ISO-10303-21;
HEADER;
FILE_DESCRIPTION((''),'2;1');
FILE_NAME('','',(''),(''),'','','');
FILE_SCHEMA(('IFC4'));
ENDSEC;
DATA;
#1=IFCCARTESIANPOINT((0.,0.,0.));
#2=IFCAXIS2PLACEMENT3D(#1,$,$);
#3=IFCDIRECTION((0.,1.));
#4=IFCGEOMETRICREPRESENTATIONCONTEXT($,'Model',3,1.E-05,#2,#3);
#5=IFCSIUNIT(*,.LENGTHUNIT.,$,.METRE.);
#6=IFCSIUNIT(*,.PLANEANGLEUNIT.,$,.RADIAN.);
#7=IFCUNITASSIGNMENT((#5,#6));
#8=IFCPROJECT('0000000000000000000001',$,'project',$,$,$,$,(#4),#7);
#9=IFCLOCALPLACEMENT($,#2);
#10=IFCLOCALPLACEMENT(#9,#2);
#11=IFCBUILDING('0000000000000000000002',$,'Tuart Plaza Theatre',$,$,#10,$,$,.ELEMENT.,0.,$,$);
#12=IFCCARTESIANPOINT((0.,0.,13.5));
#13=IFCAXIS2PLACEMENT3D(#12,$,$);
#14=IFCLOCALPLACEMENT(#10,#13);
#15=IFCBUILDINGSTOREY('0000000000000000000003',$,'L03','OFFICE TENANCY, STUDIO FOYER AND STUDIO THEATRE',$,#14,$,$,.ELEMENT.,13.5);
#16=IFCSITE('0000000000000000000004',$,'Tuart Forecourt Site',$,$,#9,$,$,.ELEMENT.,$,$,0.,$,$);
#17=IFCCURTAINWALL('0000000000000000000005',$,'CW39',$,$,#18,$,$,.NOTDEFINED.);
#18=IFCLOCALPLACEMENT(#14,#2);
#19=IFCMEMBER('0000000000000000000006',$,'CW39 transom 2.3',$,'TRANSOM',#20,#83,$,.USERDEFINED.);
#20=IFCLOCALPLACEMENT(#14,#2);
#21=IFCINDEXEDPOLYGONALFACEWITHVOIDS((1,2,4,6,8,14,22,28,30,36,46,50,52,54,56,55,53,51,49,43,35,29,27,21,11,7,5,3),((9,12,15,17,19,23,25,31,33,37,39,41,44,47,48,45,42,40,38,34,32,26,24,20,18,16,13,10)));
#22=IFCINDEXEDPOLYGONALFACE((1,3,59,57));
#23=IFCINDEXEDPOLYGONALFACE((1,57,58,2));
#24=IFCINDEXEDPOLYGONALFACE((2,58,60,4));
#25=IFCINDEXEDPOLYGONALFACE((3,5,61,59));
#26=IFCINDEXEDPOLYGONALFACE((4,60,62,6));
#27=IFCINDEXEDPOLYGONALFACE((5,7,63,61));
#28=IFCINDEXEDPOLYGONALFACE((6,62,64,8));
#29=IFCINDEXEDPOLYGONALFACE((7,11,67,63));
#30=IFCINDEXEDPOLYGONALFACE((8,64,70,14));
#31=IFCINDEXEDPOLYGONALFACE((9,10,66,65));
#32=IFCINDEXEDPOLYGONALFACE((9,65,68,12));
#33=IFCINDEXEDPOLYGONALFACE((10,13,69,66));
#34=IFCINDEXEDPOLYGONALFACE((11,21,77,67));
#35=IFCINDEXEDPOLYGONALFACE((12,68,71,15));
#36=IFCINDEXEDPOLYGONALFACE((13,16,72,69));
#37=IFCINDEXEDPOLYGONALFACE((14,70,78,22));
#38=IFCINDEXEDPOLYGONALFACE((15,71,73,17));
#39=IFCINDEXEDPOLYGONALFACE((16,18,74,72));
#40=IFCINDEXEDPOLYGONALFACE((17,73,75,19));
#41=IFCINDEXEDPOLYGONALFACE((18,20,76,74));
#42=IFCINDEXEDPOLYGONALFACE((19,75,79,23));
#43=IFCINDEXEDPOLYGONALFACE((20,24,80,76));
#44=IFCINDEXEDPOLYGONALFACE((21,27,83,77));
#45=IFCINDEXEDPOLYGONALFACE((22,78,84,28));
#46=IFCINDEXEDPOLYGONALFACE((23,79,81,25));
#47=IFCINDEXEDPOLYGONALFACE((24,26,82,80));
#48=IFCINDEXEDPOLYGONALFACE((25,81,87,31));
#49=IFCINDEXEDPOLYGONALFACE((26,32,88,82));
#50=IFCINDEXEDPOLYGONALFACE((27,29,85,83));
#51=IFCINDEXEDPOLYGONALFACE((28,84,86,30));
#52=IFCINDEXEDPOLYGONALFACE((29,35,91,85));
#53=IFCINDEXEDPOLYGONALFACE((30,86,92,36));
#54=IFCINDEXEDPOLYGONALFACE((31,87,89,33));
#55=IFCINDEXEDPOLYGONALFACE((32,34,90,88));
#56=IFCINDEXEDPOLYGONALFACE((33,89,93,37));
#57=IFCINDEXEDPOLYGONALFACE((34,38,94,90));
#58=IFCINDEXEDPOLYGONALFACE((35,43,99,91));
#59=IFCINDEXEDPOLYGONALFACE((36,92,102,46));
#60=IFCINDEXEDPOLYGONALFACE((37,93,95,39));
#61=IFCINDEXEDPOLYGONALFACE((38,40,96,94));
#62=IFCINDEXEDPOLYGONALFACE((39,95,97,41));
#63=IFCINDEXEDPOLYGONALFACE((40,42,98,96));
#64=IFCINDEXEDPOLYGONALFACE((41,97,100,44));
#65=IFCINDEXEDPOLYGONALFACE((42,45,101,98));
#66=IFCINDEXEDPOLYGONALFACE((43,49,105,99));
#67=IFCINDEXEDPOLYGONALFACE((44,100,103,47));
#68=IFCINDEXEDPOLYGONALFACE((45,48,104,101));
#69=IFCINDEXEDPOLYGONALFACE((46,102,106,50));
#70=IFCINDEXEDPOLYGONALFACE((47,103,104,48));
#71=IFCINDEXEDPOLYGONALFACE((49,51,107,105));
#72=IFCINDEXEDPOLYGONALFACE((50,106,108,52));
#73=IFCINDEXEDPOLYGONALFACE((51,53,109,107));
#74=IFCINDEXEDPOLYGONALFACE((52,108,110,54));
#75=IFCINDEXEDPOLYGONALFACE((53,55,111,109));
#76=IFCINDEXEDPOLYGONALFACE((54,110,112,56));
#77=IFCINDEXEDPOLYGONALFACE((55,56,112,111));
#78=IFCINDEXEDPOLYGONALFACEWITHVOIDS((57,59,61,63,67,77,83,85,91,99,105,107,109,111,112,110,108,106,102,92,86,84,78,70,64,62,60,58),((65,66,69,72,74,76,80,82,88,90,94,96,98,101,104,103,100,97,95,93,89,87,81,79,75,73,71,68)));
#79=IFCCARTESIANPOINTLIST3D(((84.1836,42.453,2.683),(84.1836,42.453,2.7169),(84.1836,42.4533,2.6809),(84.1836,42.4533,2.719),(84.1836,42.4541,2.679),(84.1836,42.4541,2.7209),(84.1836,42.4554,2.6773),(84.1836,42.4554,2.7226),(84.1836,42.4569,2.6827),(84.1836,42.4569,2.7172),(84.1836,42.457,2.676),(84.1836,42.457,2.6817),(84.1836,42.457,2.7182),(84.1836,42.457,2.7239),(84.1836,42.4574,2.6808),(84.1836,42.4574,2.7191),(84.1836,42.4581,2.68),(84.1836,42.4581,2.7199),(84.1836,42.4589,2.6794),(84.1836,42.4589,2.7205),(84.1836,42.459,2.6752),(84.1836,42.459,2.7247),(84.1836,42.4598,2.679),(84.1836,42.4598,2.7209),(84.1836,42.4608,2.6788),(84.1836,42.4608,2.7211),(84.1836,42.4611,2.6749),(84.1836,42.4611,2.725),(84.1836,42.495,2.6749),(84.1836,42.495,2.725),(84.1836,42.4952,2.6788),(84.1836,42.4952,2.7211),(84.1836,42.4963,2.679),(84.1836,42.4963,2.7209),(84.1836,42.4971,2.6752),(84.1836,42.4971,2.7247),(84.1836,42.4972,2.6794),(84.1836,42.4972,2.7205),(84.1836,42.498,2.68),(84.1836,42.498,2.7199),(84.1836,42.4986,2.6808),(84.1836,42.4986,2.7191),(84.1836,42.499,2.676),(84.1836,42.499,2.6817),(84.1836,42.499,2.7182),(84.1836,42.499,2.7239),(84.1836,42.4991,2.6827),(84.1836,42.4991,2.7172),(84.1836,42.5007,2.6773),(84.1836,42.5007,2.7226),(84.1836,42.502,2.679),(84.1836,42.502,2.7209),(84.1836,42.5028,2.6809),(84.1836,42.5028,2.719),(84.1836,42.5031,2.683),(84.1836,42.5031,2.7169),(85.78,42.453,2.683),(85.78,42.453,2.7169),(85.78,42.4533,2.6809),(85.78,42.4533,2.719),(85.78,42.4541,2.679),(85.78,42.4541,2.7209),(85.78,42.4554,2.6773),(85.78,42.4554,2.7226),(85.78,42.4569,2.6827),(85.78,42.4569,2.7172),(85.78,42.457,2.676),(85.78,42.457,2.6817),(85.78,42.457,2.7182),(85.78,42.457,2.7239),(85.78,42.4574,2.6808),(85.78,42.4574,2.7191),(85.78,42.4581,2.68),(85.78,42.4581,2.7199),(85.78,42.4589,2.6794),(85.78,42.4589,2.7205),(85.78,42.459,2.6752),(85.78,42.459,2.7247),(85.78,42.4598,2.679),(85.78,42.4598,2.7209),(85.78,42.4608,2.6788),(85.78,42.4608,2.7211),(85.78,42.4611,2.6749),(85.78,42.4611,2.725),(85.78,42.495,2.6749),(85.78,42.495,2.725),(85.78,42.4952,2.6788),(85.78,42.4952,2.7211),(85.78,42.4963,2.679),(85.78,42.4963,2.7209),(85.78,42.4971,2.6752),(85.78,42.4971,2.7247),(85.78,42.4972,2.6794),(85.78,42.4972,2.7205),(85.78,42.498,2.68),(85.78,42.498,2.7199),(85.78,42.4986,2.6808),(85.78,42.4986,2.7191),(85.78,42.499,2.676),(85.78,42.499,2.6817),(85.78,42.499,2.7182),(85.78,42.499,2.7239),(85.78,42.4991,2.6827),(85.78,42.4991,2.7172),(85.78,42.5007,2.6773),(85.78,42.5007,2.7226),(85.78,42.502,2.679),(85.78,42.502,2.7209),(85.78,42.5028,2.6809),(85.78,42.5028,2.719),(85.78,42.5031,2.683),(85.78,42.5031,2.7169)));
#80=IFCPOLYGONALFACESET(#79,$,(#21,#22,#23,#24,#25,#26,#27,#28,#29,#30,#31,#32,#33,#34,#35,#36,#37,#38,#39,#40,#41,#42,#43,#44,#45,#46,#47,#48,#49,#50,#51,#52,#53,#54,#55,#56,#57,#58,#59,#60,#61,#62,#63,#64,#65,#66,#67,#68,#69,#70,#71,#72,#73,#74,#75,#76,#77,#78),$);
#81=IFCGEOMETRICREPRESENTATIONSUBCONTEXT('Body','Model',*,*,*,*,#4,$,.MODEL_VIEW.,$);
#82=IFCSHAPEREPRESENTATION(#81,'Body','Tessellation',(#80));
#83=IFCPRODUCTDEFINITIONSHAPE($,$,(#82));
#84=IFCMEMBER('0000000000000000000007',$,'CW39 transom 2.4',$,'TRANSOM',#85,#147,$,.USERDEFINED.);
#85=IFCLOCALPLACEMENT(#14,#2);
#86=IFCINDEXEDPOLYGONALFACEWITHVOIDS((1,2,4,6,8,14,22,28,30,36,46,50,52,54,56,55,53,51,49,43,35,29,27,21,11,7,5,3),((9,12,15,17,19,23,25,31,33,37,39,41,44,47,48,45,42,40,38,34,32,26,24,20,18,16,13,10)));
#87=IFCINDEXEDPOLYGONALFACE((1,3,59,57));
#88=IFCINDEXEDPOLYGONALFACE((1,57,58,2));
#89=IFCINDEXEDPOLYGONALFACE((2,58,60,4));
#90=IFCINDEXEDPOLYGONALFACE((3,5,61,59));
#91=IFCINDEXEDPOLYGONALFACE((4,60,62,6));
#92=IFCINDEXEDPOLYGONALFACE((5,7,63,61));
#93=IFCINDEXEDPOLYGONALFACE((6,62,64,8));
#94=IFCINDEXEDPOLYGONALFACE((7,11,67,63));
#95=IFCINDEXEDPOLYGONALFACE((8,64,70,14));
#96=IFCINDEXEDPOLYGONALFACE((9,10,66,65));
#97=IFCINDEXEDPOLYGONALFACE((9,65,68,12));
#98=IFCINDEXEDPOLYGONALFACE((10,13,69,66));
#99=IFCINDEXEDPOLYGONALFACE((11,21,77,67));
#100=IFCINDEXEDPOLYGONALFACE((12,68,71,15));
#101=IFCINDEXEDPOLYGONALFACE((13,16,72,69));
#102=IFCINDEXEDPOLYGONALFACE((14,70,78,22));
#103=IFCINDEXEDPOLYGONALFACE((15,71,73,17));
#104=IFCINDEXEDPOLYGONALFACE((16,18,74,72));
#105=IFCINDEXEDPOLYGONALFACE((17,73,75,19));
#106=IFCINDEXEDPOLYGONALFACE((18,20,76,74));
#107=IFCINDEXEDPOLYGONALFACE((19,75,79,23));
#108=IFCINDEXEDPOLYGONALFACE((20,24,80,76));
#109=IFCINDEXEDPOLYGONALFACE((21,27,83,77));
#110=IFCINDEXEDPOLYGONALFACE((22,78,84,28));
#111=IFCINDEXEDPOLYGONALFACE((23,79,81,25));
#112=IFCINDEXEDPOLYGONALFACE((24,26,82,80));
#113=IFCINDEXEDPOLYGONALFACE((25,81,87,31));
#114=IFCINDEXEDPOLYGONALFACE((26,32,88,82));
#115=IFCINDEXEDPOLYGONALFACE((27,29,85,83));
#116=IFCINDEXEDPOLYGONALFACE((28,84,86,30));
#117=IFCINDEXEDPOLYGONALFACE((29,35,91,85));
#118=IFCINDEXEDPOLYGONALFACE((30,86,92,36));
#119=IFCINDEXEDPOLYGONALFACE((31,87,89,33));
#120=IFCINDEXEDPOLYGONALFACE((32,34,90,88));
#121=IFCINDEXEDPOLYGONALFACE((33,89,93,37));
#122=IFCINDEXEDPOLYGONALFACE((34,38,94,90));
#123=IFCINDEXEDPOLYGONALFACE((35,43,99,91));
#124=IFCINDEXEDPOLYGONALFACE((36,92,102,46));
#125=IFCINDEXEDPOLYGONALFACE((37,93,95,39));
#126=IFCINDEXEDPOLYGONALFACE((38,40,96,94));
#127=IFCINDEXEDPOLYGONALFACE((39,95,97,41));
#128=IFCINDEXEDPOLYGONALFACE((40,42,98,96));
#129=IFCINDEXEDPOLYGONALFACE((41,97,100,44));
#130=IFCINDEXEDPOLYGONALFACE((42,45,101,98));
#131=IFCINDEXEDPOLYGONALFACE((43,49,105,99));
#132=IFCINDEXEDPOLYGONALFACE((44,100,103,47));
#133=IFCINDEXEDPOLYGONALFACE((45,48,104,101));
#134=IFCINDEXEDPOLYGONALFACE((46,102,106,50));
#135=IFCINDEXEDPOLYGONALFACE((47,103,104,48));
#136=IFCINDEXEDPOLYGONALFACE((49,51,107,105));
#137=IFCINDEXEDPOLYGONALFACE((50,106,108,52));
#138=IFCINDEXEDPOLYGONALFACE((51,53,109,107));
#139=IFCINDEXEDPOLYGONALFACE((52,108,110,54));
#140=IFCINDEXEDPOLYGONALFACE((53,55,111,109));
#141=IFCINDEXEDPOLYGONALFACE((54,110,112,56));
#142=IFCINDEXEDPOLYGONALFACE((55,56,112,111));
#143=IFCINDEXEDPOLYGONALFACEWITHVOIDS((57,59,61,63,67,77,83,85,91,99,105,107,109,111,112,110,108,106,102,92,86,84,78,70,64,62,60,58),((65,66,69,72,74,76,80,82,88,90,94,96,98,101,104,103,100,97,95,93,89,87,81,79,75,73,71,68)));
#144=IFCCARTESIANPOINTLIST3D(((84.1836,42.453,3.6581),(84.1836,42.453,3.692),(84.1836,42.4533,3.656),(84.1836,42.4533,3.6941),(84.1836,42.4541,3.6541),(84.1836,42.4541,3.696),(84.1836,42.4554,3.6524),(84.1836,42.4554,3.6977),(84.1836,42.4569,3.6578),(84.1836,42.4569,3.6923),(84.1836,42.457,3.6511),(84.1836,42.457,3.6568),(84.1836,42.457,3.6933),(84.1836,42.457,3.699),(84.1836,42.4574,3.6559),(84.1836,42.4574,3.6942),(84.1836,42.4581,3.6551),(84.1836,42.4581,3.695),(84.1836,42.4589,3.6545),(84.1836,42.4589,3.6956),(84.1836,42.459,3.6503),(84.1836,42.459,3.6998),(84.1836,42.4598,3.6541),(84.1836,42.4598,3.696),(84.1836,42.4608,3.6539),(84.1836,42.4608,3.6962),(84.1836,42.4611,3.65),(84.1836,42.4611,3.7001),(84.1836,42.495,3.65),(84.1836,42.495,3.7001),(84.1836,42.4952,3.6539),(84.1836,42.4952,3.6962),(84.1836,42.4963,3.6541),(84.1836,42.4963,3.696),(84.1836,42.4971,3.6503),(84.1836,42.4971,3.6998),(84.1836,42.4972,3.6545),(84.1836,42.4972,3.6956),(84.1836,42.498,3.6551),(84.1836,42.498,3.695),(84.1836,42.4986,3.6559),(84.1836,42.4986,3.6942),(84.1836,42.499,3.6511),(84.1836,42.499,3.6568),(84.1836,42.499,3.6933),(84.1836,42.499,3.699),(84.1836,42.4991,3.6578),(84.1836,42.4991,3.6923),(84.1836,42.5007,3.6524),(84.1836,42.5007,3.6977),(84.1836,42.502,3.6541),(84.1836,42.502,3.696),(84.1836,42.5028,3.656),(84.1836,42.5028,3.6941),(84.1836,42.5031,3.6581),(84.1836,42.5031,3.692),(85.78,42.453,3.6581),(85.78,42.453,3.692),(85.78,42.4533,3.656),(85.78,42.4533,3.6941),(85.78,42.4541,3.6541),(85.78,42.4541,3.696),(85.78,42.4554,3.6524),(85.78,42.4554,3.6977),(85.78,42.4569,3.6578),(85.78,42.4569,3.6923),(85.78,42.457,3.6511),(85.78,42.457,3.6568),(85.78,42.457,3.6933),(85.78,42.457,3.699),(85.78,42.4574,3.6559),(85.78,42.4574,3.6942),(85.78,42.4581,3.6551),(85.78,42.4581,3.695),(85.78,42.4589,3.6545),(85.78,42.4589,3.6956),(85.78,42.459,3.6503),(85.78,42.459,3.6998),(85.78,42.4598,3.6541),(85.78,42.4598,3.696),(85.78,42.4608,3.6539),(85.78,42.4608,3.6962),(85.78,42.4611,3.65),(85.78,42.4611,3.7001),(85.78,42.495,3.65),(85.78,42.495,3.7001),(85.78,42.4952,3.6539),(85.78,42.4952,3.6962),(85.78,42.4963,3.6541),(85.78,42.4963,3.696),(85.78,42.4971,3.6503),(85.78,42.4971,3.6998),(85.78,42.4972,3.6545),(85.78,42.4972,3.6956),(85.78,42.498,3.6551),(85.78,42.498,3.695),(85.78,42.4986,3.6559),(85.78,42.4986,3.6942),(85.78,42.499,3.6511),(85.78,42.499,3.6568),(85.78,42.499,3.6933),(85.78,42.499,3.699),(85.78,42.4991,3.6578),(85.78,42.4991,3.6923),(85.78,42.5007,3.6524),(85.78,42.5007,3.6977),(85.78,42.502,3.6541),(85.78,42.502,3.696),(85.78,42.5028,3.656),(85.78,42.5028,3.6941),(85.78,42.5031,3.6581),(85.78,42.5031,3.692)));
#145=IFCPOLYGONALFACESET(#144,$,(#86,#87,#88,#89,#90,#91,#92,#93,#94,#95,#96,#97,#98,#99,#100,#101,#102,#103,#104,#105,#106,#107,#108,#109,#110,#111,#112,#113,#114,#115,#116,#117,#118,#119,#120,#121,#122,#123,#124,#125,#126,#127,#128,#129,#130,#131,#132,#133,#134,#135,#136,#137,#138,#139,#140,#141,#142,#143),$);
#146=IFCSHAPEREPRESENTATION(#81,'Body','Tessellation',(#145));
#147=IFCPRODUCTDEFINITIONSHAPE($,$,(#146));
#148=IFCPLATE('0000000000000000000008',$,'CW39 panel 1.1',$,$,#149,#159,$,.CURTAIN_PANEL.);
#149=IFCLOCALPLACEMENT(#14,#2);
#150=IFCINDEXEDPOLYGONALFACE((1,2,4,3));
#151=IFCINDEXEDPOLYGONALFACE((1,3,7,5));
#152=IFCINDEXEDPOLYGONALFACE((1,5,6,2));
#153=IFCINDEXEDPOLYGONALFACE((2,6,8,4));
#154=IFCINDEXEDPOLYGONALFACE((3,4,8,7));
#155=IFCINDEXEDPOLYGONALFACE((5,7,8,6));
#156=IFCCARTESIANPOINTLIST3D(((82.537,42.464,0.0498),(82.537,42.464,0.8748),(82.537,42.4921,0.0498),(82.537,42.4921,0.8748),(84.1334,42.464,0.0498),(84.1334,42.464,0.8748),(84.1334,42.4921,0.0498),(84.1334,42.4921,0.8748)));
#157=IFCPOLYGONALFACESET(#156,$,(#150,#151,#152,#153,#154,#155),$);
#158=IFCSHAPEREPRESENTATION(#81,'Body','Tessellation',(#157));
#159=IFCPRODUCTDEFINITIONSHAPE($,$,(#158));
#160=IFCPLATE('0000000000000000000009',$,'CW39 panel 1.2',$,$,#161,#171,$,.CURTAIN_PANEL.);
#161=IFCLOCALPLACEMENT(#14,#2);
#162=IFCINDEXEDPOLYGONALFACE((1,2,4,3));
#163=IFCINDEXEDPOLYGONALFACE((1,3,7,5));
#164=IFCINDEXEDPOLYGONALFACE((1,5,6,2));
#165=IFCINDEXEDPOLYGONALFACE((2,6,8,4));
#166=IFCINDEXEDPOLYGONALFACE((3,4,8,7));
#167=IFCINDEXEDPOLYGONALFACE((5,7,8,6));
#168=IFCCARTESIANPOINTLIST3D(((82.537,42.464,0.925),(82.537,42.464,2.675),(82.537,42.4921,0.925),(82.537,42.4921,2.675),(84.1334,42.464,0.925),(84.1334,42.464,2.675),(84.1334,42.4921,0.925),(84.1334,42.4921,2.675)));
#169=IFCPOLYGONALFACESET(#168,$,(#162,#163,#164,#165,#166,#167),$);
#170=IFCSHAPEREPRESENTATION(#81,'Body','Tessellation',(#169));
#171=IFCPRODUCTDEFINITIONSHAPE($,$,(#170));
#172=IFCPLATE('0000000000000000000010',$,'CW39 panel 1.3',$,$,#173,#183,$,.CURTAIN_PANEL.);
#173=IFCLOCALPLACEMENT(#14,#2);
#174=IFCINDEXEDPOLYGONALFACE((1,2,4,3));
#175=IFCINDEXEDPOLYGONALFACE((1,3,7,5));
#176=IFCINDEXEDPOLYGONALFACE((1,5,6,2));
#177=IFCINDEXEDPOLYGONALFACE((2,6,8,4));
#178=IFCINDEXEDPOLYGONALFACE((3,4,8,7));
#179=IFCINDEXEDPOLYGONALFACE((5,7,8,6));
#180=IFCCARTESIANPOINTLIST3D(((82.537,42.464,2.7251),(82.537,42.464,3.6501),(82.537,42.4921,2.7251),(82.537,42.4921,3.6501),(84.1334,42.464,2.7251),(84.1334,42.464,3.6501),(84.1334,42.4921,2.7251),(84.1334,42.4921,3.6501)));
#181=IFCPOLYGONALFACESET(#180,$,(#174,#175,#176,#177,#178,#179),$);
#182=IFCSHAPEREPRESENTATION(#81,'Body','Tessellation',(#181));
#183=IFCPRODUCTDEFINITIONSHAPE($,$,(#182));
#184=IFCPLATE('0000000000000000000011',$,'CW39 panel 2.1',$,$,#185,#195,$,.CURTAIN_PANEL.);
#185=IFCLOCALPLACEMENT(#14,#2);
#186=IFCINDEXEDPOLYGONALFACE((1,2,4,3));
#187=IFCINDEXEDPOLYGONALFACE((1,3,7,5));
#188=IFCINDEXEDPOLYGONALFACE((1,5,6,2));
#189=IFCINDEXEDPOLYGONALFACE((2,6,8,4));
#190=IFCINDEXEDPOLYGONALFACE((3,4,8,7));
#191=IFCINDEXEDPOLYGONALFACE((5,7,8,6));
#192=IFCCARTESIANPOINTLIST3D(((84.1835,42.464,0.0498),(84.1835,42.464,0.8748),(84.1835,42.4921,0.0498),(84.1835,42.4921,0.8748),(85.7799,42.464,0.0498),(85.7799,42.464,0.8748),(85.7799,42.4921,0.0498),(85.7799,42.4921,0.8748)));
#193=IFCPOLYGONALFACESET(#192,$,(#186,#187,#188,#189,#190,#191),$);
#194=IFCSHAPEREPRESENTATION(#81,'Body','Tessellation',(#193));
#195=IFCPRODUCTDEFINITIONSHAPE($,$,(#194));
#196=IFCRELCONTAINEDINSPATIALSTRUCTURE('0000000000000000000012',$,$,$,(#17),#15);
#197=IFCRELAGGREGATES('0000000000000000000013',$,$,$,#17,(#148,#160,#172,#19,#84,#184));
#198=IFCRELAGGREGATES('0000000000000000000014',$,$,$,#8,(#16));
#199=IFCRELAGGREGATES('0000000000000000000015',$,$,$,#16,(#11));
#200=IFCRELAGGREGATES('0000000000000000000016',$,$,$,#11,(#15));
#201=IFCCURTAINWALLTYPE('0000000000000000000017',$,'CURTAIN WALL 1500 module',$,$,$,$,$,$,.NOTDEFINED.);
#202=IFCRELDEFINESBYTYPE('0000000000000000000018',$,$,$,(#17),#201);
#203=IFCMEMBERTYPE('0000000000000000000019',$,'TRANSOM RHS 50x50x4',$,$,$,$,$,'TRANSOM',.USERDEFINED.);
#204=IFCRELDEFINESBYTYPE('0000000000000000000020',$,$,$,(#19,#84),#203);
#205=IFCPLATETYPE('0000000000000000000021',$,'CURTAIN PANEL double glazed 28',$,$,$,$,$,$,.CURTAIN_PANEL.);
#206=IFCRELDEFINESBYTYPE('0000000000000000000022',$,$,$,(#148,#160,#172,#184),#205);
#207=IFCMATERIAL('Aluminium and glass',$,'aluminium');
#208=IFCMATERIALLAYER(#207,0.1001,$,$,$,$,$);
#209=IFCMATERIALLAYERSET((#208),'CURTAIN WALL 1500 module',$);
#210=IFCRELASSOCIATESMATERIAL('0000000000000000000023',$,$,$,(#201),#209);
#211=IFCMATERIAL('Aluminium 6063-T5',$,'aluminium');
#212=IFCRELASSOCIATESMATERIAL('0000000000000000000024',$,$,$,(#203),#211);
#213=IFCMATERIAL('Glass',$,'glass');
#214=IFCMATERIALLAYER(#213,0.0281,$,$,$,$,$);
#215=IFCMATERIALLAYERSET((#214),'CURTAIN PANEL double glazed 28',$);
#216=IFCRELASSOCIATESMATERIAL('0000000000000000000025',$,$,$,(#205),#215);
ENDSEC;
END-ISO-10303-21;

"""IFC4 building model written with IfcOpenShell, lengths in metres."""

from ifc_helpers import new_model, si_unit, direction, frame, origin, origin_2d, place, context, subcontext, project, spatial, rectangle, hollow_rectangle, extrude, material, layer, layer_set, material_profile, profile_set, type_object, element, aggregate, save


model = new_model("IFC4")

# Units and contexts
model_context = context("Model", 3, precision=1e-05, world=origin(), true_north=direction((0.0, 1.0)))
body_context = subcontext(model_context, "Body", "Model", "MODEL_VIEW")
ifc_project = project(units=[si_unit("LENGTHUNIT", "METRE"), si_unit("PLANEANGLEUNIT", "RADIAN")], contexts=[model_context])

# Site, building, storey
site_placement = place(None, origin())
site = spatial("IfcSite", under=ifc_project, at=site_placement, Name="Tuart Forecourt Site", CompositionType="ELEMENT", RefElevation=0.0)
building_placement = place(site_placement, origin())
building = spatial("IfcBuilding", under=site, at=building_placement, Name="Tuart Plaza Theatre", CompositionType="ELEMENT", ElevationOfRefHeight=0.0)
storey_placement = place(building_placement, frame((0.0, 0.0, 13.5)))
storey = spatial("IfcBuildingStorey", under=building, at=storey_placement, Name="L03", Description="OFFICE TENANCY, STUDIO FOYER AND STUDIO THEATRE", CompositionType="ELEMENT", Elevation=13.5)

# Curtain wall, members, plates
ifc_material_1 = material(Name="Aluminium and glass", Category="aluminium")
ifc_layer_1 = layer(ifc_material_1, 0.1001)
ifc_layer_set_1 = layer_set([ifc_layer_1], Name="CURTAIN WALL 1500 module")
curtain_wall_type = type_object("IfcCurtainWallType", Name="CURTAIN WALL 1500 module", PredefinedType="NOTDEFINED", material=ifc_layer_set_1)
curtain_wall_placement = place(storey_placement, origin())
curtain_wall = element("IfcCurtainWall", 1, at=curtain_wall_placement, inside=storey, type_object=curtain_wall_type, Name="CW39", PredefinedType="NOTDEFINED")
ifc_material_2 = material(Name="Aluminium 6063-T5", Category="aluminium")
ifc_material_profile_1 = material_profile(ifc_material_2, hollow_rectangle(XDim=0.05, YDim=0.05, WallThickness=0.0039, InnerFilletRadius=0.0039, OuterFilletRadius=0.0081, at=origin_2d()), Name="RHS 50x50x4")
ifc_profile_set_1 = profile_set([ifc_material_profile_1], Name="Aluminium 6063-T5")
member_type_1 = type_object("IfcMemberType", Name="TRANSOM RHS 50x50x4", ElementType="TRANSOM", PredefinedType="USERDEFINED", material=ifc_profile_set_1)
member_1_placement = place(storey_placement, frame((84.1836, 42.478, 2.7), z_axis=(1.0, 0.0, 0.0), x_axis=(0.0, 1.0, 0.0)))
member_1 = element("IfcMember", 2, at=member_1_placement, type_object=member_type_1, Name="CW39 transom 2.3", ObjectType="TRANSOM", PredefinedType="USERDEFINED", context=body_context, shape_type="SweptSolid", body=[
    extrude(hollow_rectangle(XDim=0.05, YDim=0.05, WallThickness=0.0039, InnerFilletRadius=0.0039, OuterFilletRadius=0.0081, at=origin_2d()), origin(), (0.0, 0.0, 1.0), 1.5964),
])
member_2_placement = place(storey_placement, frame((84.1836, 42.478, 3.675), z_axis=(1.0, 0.0, 0.0), x_axis=(0.0, 1.0, 0.0)))
member_2 = element("IfcMember", 3, at=member_2_placement, type_object=member_type_1, Name="CW39 transom 2.4", ObjectType="TRANSOM", PredefinedType="USERDEFINED", context=body_context, shape_type="SweptSolid", body=[
    extrude(hollow_rectangle(XDim=0.05, YDim=0.05, WallThickness=0.0039, InnerFilletRadius=0.0039, OuterFilletRadius=0.0081, at=origin_2d()), origin(), (0.0, 0.0, 1.0), 1.5964),
])
ifc_material_3 = material(Name="Glass", Category="glass")
ifc_layer_2 = layer(ifc_material_3, 0.0281)
ifc_layer_set_2 = layer_set([ifc_layer_2], Name="CURTAIN PANEL double glazed 28")
plate_type = type_object("IfcPlateType", Name="CURTAIN PANEL double glazed 28", PredefinedType="CURTAIN_PANEL", material=ifc_layer_set_2)
plate_1_placement = place(storey_placement, frame((83.3352, 42.478, 0.0498), z_axis=(0.0, 0.0, 1.0), x_axis=(1.0, 0.0, 0.0)))
plate_1 = element("IfcPlate", 4, at=plate_1_placement, type_object=plate_type, Name="CW39 panel 1.1", PredefinedType="CURTAIN_PANEL", context=body_context, shape_type="SweptSolid", body=[
    extrude(rectangle(XDim=1.5964, YDim=0.0281, at=origin_2d()), origin(), (0.0, 0.0, 1.0), 0.825),
])
plate_2_placement = place(storey_placement, frame((83.3352, 42.478, 0.925), z_axis=(0.0, 0.0, 1.0), x_axis=(1.0, 0.0, 0.0)))
plate_2 = element("IfcPlate", 5, at=plate_2_placement, type_object=plate_type, Name="CW39 panel 1.2", PredefinedType="CURTAIN_PANEL", context=body_context, shape_type="SweptSolid", body=[
    extrude(rectangle(XDim=1.5964, YDim=0.0281, at=origin_2d()), origin(), (0.0, 0.0, 1.0), 1.75),
])
plate_3_placement = place(storey_placement, frame((83.3352, 42.478, 2.7251), z_axis=(0.0, 0.0, 1.0), x_axis=(1.0, 0.0, 0.0)))
plate_3 = element("IfcPlate", 6, at=plate_3_placement, type_object=plate_type, Name="CW39 panel 1.3", PredefinedType="CURTAIN_PANEL", context=body_context, shape_type="SweptSolid", body=[
    extrude(rectangle(XDim=1.5964, YDim=0.0281, at=origin_2d()), origin(), (0.0, 0.0, 1.0), 0.925),
])
plate_4_placement = place(storey_placement, frame((84.9817, 42.478, 0.0498), z_axis=(0.0, 0.0, 1.0), x_axis=(1.0, 0.0, 0.0)))
plate_4 = element("IfcPlate", 7, at=plate_4_placement, type_object=plate_type, Name="CW39 panel 2.1", PredefinedType="CURTAIN_PANEL", context=body_context, shape_type="SweptSolid", body=[
    extrude(rectangle(XDim=1.5964, YDim=0.0281, at=origin_2d()), origin(), (0.0, 0.0, 1.0), 0.825),
])
aggregate(curtain_wall, [plate_1, plate_2, plate_3, member_1, member_2, plate_4])

save(model, "model.ifc")
